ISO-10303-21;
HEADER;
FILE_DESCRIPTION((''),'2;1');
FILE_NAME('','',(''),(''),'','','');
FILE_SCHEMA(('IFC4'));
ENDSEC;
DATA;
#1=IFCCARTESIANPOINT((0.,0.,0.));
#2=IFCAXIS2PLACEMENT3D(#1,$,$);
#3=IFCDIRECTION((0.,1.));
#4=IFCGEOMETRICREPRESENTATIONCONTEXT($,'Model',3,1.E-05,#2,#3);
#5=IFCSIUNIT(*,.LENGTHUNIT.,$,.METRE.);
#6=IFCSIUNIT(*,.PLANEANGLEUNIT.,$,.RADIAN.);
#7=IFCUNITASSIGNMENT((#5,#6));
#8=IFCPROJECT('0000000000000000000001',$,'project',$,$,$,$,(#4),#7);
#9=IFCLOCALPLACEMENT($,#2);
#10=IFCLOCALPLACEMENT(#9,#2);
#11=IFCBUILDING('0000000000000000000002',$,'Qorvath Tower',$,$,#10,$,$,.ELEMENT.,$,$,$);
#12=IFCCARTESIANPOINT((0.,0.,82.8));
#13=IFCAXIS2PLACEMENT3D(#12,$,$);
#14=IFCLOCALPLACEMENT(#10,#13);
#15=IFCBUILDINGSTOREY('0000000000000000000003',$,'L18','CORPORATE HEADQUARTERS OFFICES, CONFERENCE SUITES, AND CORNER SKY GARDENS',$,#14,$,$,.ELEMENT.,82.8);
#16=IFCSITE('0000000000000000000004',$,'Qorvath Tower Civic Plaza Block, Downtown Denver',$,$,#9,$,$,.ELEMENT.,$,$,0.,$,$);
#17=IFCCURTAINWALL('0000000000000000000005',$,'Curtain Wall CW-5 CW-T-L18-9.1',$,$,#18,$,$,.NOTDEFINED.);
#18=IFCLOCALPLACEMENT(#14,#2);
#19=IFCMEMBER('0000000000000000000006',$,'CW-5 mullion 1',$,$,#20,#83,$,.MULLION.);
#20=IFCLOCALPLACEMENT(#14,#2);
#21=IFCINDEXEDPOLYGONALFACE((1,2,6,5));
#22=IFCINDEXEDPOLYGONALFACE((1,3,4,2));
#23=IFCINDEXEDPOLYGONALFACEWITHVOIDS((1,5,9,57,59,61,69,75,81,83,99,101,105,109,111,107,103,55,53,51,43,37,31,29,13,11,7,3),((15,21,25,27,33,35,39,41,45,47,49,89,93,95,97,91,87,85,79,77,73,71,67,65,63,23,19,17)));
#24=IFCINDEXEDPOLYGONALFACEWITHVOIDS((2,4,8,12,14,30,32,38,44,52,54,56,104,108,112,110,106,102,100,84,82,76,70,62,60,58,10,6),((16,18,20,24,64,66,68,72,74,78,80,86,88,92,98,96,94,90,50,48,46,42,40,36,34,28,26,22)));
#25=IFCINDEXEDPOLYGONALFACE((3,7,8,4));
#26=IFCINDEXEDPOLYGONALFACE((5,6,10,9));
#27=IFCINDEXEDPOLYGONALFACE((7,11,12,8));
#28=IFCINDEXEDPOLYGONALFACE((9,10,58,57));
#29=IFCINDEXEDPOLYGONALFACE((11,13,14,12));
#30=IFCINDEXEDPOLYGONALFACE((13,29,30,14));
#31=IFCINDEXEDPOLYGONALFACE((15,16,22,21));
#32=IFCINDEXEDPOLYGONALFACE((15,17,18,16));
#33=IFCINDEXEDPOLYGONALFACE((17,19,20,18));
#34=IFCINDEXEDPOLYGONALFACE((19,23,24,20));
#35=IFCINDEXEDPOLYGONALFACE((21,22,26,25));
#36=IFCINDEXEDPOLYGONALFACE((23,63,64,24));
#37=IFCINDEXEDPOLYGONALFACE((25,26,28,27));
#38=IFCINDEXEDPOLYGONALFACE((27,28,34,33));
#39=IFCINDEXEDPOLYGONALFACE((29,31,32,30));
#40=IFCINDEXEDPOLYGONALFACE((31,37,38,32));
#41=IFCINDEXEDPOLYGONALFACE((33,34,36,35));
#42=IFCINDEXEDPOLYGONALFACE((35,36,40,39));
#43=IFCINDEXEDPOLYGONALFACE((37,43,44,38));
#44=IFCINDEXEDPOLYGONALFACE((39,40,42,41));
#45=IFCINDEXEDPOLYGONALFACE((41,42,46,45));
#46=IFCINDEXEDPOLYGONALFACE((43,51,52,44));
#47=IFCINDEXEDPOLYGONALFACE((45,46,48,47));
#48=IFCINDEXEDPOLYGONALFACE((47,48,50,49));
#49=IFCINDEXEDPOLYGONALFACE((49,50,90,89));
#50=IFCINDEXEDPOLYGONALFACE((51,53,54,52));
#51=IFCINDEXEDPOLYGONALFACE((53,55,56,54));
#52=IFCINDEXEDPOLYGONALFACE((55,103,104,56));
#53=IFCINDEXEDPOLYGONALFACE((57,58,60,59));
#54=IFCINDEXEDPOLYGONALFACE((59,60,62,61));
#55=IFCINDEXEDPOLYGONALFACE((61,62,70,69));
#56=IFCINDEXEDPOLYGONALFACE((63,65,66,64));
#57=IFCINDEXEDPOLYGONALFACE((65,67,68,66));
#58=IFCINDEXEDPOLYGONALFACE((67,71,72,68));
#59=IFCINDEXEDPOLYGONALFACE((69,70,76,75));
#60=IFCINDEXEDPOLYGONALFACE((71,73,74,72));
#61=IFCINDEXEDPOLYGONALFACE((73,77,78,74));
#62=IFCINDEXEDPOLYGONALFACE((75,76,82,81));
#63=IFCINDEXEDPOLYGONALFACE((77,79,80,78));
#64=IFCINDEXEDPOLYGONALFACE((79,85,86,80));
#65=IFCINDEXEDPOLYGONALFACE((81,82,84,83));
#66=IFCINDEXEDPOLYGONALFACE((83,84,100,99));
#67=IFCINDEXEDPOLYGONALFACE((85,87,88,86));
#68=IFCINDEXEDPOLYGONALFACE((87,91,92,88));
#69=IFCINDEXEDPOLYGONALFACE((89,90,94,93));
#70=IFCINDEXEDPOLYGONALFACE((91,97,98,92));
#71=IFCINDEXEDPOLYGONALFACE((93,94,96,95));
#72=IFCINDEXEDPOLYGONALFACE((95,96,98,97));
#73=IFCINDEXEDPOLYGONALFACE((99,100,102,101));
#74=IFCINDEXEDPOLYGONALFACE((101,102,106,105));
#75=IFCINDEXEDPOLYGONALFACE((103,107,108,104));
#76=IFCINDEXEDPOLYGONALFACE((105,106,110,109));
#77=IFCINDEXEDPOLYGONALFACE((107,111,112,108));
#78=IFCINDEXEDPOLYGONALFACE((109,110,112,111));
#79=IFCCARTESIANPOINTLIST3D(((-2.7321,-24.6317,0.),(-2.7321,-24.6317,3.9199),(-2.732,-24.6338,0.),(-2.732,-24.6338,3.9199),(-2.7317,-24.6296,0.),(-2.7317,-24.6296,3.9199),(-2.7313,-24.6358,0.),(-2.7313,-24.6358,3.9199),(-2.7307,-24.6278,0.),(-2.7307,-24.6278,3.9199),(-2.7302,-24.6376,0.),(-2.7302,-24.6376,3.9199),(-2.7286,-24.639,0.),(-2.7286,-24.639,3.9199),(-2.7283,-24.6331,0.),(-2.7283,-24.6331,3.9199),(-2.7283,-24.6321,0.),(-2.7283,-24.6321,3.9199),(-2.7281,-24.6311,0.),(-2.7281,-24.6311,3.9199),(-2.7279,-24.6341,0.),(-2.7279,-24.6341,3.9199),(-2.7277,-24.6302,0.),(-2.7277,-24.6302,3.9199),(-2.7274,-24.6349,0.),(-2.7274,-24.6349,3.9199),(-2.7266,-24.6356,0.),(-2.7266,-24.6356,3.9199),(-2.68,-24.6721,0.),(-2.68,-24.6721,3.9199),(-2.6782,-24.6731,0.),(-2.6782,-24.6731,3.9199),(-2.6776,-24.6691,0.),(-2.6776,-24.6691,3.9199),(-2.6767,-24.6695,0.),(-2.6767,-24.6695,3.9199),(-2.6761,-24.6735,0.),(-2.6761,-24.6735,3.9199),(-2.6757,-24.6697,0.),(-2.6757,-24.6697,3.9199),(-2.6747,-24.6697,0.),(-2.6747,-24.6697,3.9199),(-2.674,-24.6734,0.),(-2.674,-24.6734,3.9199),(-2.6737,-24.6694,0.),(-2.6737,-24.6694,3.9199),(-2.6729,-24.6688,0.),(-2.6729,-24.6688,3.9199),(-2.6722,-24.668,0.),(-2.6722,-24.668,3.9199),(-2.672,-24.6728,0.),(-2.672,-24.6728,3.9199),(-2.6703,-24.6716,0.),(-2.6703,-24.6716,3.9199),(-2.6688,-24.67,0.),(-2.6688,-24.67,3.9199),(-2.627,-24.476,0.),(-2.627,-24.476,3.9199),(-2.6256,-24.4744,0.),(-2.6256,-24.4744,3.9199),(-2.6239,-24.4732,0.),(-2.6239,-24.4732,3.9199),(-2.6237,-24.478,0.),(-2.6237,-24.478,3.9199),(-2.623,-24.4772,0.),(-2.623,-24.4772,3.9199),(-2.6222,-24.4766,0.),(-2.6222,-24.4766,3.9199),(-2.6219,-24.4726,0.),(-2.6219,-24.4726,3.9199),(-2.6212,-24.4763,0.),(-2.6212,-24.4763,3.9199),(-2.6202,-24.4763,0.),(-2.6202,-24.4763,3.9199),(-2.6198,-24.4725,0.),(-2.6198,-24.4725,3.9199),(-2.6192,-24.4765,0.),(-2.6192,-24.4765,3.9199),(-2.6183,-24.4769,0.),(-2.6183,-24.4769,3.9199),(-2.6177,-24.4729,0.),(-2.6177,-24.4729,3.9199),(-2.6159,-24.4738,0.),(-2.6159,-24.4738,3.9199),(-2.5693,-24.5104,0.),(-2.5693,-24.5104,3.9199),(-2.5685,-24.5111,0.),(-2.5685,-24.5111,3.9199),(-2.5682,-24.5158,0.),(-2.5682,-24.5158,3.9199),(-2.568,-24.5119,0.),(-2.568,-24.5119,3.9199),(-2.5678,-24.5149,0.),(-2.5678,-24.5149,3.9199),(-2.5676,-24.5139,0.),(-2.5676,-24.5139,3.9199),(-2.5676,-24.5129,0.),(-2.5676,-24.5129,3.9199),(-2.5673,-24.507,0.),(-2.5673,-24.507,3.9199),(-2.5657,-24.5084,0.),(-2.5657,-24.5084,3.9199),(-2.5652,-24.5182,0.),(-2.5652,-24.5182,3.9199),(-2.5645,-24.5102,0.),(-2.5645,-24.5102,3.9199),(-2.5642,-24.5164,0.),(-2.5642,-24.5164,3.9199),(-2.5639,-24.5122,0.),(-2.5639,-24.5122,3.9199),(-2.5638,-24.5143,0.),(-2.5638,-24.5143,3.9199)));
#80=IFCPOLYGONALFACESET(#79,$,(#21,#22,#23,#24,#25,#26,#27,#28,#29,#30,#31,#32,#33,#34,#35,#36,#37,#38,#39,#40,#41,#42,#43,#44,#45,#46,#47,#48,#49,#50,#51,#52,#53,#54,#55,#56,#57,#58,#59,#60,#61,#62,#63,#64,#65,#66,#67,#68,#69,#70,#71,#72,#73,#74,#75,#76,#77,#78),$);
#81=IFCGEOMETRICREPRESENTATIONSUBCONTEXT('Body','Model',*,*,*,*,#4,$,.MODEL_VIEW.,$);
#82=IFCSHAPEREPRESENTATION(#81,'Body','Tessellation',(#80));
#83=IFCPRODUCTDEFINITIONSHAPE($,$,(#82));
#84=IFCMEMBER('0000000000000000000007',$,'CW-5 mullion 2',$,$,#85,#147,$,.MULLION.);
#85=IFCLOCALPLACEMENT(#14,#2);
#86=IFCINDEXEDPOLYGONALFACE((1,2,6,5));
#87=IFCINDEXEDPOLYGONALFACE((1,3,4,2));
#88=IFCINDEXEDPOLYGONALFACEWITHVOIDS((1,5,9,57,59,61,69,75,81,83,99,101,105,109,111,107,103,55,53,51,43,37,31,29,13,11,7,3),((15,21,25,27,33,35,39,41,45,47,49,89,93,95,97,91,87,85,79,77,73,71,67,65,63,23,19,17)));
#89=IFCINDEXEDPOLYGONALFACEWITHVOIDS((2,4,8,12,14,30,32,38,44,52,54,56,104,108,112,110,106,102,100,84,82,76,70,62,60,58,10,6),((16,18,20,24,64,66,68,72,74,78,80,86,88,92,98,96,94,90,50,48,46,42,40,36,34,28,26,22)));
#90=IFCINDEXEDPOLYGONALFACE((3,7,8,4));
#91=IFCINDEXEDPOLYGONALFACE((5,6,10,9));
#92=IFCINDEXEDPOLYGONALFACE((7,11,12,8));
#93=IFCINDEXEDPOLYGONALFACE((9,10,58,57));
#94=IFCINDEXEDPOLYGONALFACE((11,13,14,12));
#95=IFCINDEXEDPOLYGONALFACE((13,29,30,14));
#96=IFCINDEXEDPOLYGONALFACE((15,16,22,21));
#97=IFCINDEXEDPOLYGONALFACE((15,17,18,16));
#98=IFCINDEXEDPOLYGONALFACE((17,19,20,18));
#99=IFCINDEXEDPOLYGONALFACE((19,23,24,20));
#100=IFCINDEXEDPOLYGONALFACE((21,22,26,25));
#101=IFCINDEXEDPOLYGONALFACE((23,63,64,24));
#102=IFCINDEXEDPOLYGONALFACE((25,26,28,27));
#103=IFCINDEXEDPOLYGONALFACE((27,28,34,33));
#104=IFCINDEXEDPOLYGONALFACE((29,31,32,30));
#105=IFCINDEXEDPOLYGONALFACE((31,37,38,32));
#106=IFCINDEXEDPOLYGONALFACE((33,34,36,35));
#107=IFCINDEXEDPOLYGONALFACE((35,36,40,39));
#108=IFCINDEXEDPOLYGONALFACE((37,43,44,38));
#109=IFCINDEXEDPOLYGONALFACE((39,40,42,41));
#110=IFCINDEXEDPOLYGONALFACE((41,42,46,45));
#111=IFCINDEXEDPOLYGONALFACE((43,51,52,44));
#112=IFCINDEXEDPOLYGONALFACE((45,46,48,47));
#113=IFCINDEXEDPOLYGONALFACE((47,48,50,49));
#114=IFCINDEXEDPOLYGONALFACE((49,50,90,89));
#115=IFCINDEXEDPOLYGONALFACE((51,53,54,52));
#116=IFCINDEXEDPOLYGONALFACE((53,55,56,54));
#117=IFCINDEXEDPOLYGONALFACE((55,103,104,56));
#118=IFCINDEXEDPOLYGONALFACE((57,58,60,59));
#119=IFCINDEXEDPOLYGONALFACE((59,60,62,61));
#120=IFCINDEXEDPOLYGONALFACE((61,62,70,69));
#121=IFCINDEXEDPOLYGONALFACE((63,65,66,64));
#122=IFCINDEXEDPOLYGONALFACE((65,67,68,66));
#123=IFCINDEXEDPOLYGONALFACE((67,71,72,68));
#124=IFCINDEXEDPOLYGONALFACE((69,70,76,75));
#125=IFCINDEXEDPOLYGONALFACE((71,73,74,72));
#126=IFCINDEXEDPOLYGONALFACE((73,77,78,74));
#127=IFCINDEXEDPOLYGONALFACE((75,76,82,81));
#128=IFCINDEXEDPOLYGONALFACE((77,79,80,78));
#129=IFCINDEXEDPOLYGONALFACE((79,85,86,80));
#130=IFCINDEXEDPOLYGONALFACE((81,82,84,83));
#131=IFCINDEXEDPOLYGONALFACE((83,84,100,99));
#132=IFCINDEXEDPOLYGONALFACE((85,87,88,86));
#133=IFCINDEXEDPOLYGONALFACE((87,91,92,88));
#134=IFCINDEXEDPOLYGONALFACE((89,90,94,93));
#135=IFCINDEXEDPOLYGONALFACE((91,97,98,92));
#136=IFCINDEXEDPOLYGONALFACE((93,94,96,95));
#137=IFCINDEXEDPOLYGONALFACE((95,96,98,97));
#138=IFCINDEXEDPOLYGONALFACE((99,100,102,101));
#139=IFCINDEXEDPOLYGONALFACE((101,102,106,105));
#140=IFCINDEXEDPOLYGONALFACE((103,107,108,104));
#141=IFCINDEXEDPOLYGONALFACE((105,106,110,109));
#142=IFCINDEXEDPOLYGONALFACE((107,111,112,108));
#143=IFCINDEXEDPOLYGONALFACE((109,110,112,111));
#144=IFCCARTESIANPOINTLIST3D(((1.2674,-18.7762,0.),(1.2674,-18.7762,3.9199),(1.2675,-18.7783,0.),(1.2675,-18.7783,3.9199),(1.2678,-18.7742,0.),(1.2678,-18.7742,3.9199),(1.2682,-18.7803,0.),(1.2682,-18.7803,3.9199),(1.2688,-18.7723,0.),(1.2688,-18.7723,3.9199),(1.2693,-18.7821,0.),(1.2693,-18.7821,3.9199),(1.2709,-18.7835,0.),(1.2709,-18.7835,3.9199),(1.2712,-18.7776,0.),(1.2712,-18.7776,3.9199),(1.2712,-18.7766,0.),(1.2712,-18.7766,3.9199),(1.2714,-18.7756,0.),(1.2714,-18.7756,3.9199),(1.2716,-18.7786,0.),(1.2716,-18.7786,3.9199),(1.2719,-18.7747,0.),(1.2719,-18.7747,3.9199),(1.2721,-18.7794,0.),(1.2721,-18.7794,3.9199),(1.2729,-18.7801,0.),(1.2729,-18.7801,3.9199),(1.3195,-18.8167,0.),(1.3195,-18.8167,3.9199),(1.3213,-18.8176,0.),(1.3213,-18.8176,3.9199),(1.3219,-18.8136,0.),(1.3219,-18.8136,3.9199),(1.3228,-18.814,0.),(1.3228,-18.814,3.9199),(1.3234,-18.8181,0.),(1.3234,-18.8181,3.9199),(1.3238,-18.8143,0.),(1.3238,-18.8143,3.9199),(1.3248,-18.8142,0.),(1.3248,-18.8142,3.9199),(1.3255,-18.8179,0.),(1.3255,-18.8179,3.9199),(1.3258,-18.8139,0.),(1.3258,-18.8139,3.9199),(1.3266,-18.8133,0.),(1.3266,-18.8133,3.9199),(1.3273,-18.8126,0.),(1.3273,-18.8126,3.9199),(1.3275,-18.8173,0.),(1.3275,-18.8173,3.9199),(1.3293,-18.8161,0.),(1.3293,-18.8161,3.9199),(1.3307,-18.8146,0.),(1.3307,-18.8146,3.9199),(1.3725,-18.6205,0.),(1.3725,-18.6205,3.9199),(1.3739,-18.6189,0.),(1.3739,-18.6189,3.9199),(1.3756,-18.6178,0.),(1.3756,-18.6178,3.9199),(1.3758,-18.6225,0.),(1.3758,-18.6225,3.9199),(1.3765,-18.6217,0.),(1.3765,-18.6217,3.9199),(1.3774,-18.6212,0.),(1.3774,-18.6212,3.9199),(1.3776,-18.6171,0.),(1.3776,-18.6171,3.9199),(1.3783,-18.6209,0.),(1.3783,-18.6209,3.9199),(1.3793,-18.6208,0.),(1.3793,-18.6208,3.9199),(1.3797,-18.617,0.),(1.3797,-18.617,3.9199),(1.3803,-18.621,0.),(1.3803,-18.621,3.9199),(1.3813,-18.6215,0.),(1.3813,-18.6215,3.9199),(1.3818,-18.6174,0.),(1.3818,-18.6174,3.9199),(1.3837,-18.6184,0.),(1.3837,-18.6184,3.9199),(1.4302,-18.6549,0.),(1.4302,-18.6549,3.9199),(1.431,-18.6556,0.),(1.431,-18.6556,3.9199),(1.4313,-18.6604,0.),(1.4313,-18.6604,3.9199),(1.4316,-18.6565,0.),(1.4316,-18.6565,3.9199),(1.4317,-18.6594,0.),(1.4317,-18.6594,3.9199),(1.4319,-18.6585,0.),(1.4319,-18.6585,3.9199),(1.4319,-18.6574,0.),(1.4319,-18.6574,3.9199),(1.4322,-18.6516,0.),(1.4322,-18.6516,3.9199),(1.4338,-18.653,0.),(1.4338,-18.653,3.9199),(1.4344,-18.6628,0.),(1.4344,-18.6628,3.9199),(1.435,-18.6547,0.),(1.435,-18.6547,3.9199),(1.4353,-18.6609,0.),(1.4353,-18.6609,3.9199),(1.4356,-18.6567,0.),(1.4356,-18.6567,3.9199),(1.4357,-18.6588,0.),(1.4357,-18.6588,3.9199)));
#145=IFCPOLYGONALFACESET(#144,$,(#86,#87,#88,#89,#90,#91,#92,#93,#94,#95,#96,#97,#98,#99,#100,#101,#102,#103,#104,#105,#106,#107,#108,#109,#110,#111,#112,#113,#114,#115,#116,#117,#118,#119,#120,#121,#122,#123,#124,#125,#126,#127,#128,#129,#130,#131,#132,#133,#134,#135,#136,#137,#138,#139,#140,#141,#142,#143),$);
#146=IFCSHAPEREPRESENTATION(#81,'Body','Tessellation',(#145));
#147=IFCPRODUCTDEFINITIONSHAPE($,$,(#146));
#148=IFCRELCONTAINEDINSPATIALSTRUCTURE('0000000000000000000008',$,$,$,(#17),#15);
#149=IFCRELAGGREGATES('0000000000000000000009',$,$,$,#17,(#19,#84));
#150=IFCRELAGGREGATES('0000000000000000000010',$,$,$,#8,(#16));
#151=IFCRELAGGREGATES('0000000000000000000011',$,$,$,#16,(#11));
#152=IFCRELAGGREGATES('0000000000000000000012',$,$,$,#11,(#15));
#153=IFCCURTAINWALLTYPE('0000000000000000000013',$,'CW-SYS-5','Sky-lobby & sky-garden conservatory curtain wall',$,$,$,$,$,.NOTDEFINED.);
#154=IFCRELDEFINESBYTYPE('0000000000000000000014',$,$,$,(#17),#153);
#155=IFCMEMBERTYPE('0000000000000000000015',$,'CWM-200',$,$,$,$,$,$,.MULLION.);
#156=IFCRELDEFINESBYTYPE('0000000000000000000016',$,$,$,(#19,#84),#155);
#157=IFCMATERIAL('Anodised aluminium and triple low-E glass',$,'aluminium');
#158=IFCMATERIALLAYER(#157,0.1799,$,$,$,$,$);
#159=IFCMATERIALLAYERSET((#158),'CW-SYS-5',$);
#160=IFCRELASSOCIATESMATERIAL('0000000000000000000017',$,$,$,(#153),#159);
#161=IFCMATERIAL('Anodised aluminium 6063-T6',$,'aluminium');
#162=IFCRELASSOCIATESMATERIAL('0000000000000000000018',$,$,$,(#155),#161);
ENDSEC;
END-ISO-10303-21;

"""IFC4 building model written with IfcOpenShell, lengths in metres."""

from ifc_helpers import new_model, si_unit, direction, frame, origin, origin_2d, place, context, subcontext, project, spatial, hollow_rectangle, extrude, material, layer, layer_set, material_profile, profile_set, type_object, element, aggregate, save


model = new_model("IFC4")

# Units and contexts
model_context = context("Model", 3, precision=1e-05, world=origin(), true_north=direction((0.0, 1.0)))
body_context = subcontext(model_context, "Body", "Model", "MODEL_VIEW")
ifc_project = project(units=[si_unit("LENGTHUNIT", "METRE"), si_unit("PLANEANGLEUNIT", "RADIAN")], contexts=[model_context])

# Site, building, storey
site_placement = place(None, origin())
site = spatial("IfcSite", under=ifc_project, at=site_placement, Name="Qorvath Tower Civic Plaza Block, Downtown Denver", CompositionType="ELEMENT", RefElevation=0.0)
building_placement = place(site_placement, origin())
building = spatial("IfcBuilding", under=site, at=building_placement, Name="Qorvath Tower", CompositionType="ELEMENT")
storey_placement = place(building_placement, frame((0.0, 0.0, 82.8)))
storey = spatial("IfcBuildingStorey", under=building, at=storey_placement, Name="L18", Description="CORPORATE HEADQUARTERS OFFICES, CONFERENCE SUITES, AND CORNER SKY GARDENS", CompositionType="ELEMENT", Elevation=82.8)

# Shared definitions
ifc_material_1 = material(Name="Anodised aluminium and triple low-E glass", Category="aluminium")
ifc_layer_1 = layer(ifc_material_1, 0.1799)
ifc_layer_set_1 = layer_set([ifc_layer_1], Name="CW-SYS-5")
curtain_wall_type = type_object("IfcCurtainWallType", Name="CW-SYS-5", Description="Sky-lobby & sky-garden conservatory curtain wall", PredefinedType="NOTDEFINED", material=ifc_layer_set_1)
ifc_material_2 = material(Name="Anodised aluminium 6063-T6", Category="aluminium")
ifc_material_profile_1 = material_profile(ifc_material_2, hollow_rectangle(XDim=0.075, YDim=0.2, WallThickness=0.0039, InnerFilletRadius=0.0039, OuterFilletRadius=0.0081, at=origin_2d()), Name="CWM 200x75")
ifc_profile_set_1 = profile_set([ifc_material_profile_1], Name="Anodised aluminium 6063-T6")
member_type_1 = type_object("IfcMemberType", Name="CWM-200", PredefinedType="MULLION", material=ifc_profile_set_1)

# Curtain wall, members
curtain_wall_1_placement = place(storey_placement, origin())
curtain_wall_1 = element("IfcCurtainWall", 1, at=curtain_wall_1_placement, inside=storey, type_object=curtain_wall_type, Name="Curtain Wall CW-5 CW-T-L18-9.1", PredefinedType="NOTDEFINED")
member_1_placement = place(storey_placement, frame((-2.6479, -24.573, 0.0), z_axis=(0.0, 0.0, 1.0), x_axis=(-0.82575, 0.564036, 0.0)))
member_1 = element("IfcMember", 2, at=member_1_placement, type_object=member_type_1, Name="CW-5 mullion 1", PredefinedType="MULLION", context=body_context, shape_type="SweptSolid", body=[
    extrude(hollow_rectangle(XDim=0.075, YDim=0.2, WallThickness=0.0039, InnerFilletRadius=0.0039, OuterFilletRadius=0.0081, at=origin_2d()), origin(), (0.0, 0.0, 1.0), 3.9199),
])
member_2_placement = place(storey_placement, frame((1.3516, -18.7175, 0.0), z_axis=(0.0, 0.0, 1.0), x_axis=(-0.82575, 0.564036, 0.0)))
member_2 = element("IfcMember", 3, at=member_2_placement, type_object=member_type_1, Name="CW-5 mullion 2", PredefinedType="MULLION", context=body_context, shape_type="SweptSolid", body=[
    extrude(hollow_rectangle(XDim=0.075, YDim=0.2, WallThickness=0.0039, InnerFilletRadius=0.0039, OuterFilletRadius=0.0081, at=origin_2d()), origin(), (0.0, 0.0, 1.0), 3.9199),
])

aggregate(curtain_wall_1, [member_1, member_2])

save(model, "model.ifc")
